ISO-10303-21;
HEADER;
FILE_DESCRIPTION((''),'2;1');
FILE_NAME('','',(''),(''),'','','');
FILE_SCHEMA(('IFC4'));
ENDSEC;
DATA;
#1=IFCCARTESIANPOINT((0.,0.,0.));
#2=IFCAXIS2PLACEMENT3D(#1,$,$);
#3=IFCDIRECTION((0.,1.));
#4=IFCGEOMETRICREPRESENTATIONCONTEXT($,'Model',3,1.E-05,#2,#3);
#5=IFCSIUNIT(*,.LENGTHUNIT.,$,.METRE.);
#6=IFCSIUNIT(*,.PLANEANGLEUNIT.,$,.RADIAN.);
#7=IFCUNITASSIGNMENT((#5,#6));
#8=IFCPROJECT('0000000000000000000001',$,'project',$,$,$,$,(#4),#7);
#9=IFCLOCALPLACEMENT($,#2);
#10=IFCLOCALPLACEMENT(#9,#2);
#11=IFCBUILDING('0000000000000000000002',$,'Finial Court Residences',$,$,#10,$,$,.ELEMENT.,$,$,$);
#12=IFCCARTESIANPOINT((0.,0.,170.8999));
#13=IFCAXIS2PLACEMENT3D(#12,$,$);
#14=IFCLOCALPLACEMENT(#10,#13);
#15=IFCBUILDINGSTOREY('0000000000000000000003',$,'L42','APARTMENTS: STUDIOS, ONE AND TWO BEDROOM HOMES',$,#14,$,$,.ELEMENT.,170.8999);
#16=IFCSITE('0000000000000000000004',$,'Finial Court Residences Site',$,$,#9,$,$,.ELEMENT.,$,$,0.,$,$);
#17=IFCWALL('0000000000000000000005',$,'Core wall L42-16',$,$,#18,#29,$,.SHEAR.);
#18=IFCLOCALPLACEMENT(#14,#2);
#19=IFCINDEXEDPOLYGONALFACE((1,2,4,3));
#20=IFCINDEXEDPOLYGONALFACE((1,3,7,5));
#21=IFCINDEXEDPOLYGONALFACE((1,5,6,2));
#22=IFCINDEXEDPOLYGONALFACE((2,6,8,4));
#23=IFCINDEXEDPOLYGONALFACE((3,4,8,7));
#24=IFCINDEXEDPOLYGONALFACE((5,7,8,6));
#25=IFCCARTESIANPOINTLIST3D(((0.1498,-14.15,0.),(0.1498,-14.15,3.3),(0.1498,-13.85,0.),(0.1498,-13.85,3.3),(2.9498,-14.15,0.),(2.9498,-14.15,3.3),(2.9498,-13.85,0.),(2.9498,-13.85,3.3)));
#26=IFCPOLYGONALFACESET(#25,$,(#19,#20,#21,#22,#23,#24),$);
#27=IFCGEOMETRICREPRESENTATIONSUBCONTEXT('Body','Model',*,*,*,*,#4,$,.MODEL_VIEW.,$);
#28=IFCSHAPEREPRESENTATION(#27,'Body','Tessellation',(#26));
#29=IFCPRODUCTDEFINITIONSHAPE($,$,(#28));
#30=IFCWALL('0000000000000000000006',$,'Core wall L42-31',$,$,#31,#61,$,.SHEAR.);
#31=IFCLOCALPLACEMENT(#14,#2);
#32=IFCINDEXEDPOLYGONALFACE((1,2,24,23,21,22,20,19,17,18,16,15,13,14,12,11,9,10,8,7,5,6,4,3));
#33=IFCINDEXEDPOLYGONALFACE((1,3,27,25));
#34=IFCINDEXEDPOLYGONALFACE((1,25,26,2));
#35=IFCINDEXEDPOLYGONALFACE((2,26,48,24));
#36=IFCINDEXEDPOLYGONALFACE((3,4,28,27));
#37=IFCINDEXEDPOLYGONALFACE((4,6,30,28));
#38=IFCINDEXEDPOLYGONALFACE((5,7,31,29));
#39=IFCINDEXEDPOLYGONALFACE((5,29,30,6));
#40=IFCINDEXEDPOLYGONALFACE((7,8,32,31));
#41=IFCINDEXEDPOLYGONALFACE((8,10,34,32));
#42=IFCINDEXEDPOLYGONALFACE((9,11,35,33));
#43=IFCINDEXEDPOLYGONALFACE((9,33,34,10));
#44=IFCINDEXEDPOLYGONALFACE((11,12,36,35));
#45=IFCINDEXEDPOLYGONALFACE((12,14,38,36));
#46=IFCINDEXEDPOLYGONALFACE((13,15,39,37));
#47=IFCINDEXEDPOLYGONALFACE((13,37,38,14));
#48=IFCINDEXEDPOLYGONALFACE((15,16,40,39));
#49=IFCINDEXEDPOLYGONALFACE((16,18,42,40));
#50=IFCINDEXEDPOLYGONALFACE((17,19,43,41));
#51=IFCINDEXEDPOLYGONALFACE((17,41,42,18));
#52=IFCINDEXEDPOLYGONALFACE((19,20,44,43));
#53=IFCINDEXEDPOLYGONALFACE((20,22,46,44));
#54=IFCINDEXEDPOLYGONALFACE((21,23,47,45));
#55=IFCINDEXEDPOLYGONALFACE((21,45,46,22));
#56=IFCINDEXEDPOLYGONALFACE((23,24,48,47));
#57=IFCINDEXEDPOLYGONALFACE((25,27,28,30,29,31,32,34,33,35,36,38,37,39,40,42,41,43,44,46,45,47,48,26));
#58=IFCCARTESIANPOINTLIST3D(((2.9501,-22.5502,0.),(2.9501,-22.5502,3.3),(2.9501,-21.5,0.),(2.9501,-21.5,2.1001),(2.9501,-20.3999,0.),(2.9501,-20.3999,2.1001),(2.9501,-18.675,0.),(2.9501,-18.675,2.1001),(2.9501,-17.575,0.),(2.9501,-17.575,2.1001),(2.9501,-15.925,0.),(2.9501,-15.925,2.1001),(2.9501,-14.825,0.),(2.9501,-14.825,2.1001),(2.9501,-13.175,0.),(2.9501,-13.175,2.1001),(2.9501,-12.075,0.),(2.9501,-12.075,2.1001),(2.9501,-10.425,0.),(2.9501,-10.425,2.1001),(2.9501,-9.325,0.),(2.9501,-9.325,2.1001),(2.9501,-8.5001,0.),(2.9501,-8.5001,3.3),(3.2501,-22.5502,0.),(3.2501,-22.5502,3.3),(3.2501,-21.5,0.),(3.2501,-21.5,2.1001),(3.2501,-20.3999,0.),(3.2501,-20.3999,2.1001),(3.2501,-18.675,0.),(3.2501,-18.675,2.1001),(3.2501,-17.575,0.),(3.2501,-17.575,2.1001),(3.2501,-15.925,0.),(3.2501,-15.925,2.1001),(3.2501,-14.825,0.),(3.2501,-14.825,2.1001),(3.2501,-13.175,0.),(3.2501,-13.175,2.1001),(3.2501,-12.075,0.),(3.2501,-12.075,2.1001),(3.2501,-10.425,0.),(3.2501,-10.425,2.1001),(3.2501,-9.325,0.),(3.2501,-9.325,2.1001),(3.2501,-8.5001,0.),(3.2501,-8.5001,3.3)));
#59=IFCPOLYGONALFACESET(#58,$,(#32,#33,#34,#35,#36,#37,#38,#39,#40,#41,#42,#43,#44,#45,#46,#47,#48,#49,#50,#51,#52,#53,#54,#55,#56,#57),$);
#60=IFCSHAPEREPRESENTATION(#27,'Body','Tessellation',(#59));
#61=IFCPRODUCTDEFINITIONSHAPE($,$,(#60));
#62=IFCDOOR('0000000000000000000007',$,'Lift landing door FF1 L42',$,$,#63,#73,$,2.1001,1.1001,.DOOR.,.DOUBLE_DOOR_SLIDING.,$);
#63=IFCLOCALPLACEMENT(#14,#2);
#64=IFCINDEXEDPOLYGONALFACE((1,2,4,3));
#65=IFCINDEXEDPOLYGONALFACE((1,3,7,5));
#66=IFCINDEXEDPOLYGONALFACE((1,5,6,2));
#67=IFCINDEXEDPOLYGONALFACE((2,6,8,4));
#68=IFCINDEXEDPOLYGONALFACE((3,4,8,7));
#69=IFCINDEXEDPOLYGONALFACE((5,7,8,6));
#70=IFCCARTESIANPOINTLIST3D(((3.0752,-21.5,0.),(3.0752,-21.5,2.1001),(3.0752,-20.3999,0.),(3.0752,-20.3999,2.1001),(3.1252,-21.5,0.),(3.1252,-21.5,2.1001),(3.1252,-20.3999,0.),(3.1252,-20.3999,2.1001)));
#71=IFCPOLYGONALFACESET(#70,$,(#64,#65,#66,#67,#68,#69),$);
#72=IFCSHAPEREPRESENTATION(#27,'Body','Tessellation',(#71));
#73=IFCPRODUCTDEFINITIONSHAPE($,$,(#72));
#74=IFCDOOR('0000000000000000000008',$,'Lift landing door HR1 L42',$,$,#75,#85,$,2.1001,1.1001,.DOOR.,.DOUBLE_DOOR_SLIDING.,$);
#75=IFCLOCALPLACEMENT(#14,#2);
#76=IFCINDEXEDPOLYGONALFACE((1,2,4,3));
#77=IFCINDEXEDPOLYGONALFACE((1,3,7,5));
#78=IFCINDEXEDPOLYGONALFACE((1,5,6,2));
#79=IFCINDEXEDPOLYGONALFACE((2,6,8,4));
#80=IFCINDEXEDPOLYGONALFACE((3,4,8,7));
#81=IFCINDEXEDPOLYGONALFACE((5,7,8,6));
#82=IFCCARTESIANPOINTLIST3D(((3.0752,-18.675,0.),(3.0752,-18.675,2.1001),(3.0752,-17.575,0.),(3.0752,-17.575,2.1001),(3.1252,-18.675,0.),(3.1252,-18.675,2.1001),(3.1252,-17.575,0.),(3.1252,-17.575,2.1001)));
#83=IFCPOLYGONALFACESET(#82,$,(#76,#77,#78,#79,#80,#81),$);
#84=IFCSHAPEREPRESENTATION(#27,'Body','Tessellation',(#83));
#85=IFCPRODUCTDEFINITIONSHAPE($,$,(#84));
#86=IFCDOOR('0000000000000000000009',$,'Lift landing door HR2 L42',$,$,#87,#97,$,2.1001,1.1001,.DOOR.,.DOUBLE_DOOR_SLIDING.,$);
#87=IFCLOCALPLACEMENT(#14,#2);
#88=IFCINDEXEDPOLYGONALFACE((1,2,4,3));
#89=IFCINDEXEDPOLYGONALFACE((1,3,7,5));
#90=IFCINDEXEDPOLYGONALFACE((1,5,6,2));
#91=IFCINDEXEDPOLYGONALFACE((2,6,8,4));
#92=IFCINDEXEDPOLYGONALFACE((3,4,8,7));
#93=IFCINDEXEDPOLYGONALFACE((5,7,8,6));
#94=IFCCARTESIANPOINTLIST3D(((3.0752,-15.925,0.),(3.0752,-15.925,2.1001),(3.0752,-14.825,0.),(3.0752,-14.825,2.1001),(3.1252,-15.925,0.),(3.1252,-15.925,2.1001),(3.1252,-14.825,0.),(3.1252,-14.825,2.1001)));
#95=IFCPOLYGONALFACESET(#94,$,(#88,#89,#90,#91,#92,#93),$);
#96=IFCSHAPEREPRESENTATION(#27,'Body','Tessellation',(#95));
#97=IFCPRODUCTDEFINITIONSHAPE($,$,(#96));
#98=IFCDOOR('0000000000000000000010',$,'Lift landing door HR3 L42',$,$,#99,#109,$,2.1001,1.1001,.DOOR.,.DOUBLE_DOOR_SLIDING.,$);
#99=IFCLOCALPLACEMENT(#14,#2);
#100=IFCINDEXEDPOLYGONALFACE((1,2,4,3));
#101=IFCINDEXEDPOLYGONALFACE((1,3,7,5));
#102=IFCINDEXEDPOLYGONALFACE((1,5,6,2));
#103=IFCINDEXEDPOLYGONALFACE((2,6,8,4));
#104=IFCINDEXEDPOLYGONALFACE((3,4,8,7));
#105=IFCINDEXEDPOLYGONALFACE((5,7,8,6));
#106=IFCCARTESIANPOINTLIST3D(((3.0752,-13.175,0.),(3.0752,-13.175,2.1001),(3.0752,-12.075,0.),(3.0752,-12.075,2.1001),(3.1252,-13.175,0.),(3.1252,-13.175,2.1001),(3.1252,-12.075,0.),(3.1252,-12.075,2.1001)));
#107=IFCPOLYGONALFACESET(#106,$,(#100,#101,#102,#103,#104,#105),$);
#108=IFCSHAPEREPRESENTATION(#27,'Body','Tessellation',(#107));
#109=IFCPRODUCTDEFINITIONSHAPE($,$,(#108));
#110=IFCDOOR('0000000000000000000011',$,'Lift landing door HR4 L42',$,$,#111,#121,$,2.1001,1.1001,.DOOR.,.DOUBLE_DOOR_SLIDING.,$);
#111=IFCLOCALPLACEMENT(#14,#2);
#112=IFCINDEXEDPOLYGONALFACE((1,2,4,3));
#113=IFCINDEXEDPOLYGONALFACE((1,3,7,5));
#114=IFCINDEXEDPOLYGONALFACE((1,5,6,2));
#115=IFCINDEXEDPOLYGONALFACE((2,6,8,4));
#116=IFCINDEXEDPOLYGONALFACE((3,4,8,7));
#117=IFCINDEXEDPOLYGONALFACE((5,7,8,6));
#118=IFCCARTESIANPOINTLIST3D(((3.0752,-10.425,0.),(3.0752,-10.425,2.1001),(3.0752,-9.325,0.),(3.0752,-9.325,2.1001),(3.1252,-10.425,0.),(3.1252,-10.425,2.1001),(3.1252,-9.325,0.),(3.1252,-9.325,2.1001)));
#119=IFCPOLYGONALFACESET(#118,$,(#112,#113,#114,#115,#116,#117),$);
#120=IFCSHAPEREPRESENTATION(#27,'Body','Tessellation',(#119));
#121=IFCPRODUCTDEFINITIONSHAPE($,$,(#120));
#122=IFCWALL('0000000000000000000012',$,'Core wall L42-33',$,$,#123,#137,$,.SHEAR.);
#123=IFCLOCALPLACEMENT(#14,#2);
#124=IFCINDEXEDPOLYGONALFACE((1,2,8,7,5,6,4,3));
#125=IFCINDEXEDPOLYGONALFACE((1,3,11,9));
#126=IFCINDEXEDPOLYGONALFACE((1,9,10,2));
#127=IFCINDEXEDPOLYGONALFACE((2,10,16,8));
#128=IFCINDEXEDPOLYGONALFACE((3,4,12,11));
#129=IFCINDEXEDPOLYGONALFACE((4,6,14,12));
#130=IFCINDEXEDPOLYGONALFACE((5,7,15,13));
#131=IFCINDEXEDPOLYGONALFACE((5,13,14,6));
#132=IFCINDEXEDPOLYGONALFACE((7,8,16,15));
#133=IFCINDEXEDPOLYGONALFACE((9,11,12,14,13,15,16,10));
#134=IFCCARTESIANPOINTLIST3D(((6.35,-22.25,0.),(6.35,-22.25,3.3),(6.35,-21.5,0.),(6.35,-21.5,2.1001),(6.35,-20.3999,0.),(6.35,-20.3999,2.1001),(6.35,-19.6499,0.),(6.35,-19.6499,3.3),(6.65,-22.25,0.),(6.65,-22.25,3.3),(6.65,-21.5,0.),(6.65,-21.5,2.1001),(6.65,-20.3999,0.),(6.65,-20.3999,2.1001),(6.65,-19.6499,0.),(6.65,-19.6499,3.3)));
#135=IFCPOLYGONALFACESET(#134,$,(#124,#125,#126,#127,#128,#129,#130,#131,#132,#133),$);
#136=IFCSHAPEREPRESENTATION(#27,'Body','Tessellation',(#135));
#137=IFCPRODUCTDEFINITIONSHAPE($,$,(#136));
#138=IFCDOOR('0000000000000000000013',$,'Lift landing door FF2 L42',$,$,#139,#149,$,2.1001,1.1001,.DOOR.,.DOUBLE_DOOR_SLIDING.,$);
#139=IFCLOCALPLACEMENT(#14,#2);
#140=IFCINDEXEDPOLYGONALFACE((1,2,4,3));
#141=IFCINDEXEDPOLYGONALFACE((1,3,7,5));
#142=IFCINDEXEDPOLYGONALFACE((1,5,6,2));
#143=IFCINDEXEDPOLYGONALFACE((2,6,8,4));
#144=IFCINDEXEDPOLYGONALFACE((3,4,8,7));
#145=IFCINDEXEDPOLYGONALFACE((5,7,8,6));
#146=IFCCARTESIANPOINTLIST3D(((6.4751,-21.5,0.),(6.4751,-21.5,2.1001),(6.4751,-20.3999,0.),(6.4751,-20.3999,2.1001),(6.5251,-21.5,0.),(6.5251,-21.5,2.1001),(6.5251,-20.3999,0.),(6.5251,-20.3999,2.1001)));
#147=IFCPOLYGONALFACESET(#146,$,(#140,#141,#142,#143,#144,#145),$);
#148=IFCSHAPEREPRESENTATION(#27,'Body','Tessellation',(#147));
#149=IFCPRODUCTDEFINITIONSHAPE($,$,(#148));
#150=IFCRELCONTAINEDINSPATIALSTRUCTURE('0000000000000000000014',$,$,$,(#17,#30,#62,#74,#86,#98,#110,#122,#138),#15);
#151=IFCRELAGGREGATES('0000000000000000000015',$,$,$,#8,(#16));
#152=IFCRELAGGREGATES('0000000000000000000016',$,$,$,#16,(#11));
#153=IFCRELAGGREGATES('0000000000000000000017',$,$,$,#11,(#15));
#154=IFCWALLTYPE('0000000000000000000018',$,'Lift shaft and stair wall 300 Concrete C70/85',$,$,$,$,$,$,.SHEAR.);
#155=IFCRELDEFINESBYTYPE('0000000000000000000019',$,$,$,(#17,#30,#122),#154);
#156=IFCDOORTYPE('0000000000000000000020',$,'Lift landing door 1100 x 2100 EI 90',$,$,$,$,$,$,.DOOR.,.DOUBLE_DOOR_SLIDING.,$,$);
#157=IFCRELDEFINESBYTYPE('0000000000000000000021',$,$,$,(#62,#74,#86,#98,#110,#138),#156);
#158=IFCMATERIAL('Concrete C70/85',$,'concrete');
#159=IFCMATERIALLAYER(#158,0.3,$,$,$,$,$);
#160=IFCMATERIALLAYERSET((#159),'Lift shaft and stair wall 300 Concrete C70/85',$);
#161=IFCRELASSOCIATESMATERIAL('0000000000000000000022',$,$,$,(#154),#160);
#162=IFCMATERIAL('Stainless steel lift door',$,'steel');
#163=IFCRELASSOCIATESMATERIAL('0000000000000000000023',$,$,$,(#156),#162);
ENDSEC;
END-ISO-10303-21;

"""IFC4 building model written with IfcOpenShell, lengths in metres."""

from ifc_helpers import new_model, si_unit, direction, frame, frame_2d, origin, place, context, subcontext, project, spatial, rectangle, extrude, material, layer, layer_set, type_object, element, fill, save


model = new_model("IFC4")

# Units and contexts
model_context = context("Model", 3, precision=1e-05, world=origin(), true_north=direction((0.0, 1.0)))
body_context = subcontext(model_context, "Body", "Model", "MODEL_VIEW")
ifc_project = project(units=[si_unit("LENGTHUNIT", "METRE"), si_unit("PLANEANGLEUNIT", "RADIAN")], contexts=[model_context])

# Site, building, storey
site_placement = place(None, origin())
site = spatial("IfcSite", under=ifc_project, at=site_placement, Name="Finial Court Residences Site", CompositionType="ELEMENT", RefElevation=0.0)
building_placement = place(site_placement, origin())
building = spatial("IfcBuilding", under=site, at=building_placement, Name="Finial Court Residences", CompositionType="ELEMENT")
storey_placement = place(building_placement, frame((0.0, 0.0, 170.8999)))
storey = spatial("IfcBuildingStorey", under=building, at=storey_placement, Name="L42", Description="APARTMENTS: STUDIOS, ONE AND TWO BEDROOM HOMES", CompositionType="ELEMENT", Elevation=170.8999)

# Wall
ifc_material_1 = material(Name="Concrete C70/85", Category="concrete")
ifc_layer_1 = layer(ifc_material_1, 0.3)
ifc_layer_set_1 = layer_set([ifc_layer_1], Name="Lift shaft and stair wall 300 Concrete C70/85")
wall_type_1 = type_object("IfcWallType", Name="Lift shaft and stair wall 300 Concrete C70/85", PredefinedType="SHEAR", material=ifc_layer_set_1)
for number, where, z_axis, x_axis, name in (
    (1, (0.1499, -14.0, 0.0), (0.0, 0.0, 1.0), (1.0, 0.0, 0.0), "Core wall L42-16"),
):
    element("IfcWall", number, at=place(storey_placement, frame(where, z_axis=z_axis, x_axis=x_axis)), inside=storey, type_object=wall_type_1, Name=name, PredefinedType="SHEAR", context=body_context, shape_type="SweptSolid", body=[
        extrude(rectangle(XDim=2.8, YDim=0.3, at=frame_2d((1.3999, 0.0))), origin(), (0.0, 0.0, 1.0), 3.3),
    ])

# Wall, openings, doors
wall_1_placement = place(storey_placement, frame((3.1001, -22.55, 0.0), z_axis=(0.0, 0.0, 1.0), x_axis=(0.0, 1.0, 0.0)))
wall_1 = element("IfcWall", 2, at=wall_1_placement, inside=storey, type_object=wall_type_1, Name="Core wall L42-31", PredefinedType="SHEAR", context=body_context, shape_type="SweptSolid", body=[
    extrude(rectangle(XDim=14.05, YDim=0.3, at=frame_2d((7.0249, 0.0))), origin(), (0.0, 0.0, 1.0), 3.3),
])
opening_1_placement = place(wall_1_placement, frame((1.05, 0.0, 0.0)))
opening_1 = element("IfcOpeningElement", 3, at=opening_1_placement, cuts=wall_1, PredefinedType="OPENING", context=body_context, shape_type="SweptSolid", body=[
    extrude(rectangle(XDim=1.1001, YDim=2.1001, at=frame_2d((0.55, 1.05))), frame((0.0, 0.1599, 0.0), z_axis=(0.0, -1.0, 0.0), x_axis=(1.0, 0.0, 0.0)), (0.0, 0.0, 1.0), 0.3201),
])
opening_2_placement = place(wall_1_placement, frame((3.875, 0.0, 0.0)))
opening_2 = element("IfcOpeningElement", 4, at=opening_2_placement, cuts=wall_1, PredefinedType="OPENING", context=body_context, shape_type="SweptSolid", body=[
    extrude(rectangle(XDim=1.1001, YDim=2.1001, at=frame_2d((0.55, 1.05))), frame((0.0, 0.1599, 0.0), z_axis=(0.0, -1.0, 0.0), x_axis=(1.0, 0.0, 0.0)), (0.0, 0.0, 1.0), 0.3201),
])
opening_3_placement = place(wall_1_placement, frame((6.625, 0.0, 0.0)))
opening_3 = element("IfcOpeningElement", 5, at=opening_3_placement, cuts=wall_1, PredefinedType="OPENING", context=body_context, shape_type="SweptSolid", body=[
    extrude(rectangle(XDim=1.1001, YDim=2.1001, at=frame_2d((0.55, 1.05))), frame((0.0, 0.1599, 0.0), z_axis=(0.0, -1.0, 0.0), x_axis=(1.0, 0.0, 0.0)), (0.0, 0.0, 1.0), 0.3201),
])
opening_4_placement = place(wall_1_placement, frame((9.375, 0.0, 0.0)))
opening_4 = element("IfcOpeningElement", 6, at=opening_4_placement, cuts=wall_1, PredefinedType="OPENING", context=body_context, shape_type="SweptSolid", body=[
    extrude(rectangle(XDim=1.1001, YDim=2.1001, at=frame_2d((0.55, 1.05))), frame((0.0, 0.1599, 0.0), z_axis=(0.0, -1.0, 0.0), x_axis=(1.0, 0.0, 0.0)), (0.0, 0.0, 1.0), 0.3201),
])
opening_5_placement = place(wall_1_placement, frame((12.125, 0.0, 0.0)))
opening_5 = element("IfcOpeningElement", 7, at=opening_5_placement, cuts=wall_1, PredefinedType="OPENING", context=body_context, shape_type="SweptSolid", body=[
    extrude(rectangle(XDim=1.1001, YDim=2.1001, at=frame_2d((0.55, 1.05))), frame((0.0, 0.1599, 0.0), z_axis=(0.0, -1.0, 0.0), x_axis=(1.0, 0.0, 0.0)), (0.0, 0.0, 1.0), 0.3201),
])
ifc_material_2 = material(Name="Stainless steel lift door", Category="steel")
door_type_1 = type_object("IfcDoorType", Name="Lift landing door 1100 x 2100 EI 90", OperationType="DOUBLE_DOOR_SLIDING", PredefinedType="DOOR", material=ifc_material_2)
door_1_placement = place(opening_1_placement, origin())
door_1 = element("IfcDoor", 8, at=door_1_placement, inside=storey, type_object=door_type_1, Name="Lift landing door FF1 L42", OperationType="DOUBLE_DOOR_SLIDING", OverallHeight=2.1001, OverallWidth=1.1001, PredefinedType="DOOR", context=body_context, shape_type="SweptSolid", body=[
    extrude(rectangle(XDim=1.1001, YDim=2.1001, at=frame_2d((0.55, 1.05))), frame((0.0, 0.0249, 0.0), z_axis=(0.0, -1.0, 0.0), x_axis=(1.0, 0.0, 0.0)), (0.0, 0.0, 1.0), 0.05),
])
fill(opening_1, door_1)
door_2_placement = place(opening_2_placement, origin())
door_2 = element("IfcDoor", 9, at=door_2_placement, inside=storey, type_object=door_type_1, Name="Lift landing door HR1 L42", OperationType="DOUBLE_DOOR_SLIDING", OverallHeight=2.1001, OverallWidth=1.1001, PredefinedType="DOOR", context=body_context, shape_type="SweptSolid", body=[
    extrude(rectangle(XDim=1.1001, YDim=2.1001, at=frame_2d((0.55, 1.05))), frame((0.0, 0.0249, 0.0), z_axis=(0.0, -1.0, 0.0), x_axis=(1.0, 0.0, 0.0)), (0.0, 0.0, 1.0), 0.05),
])
fill(opening_2, door_2)
door_3_placement = place(opening_3_placement, origin())
door_3 = element("IfcDoor", 10, at=door_3_placement, inside=storey, type_object=door_type_1, Name="Lift landing door HR2 L42", OperationType="DOUBLE_DOOR_SLIDING", OverallHeight=2.1001, OverallWidth=1.1001, PredefinedType="DOOR", context=body_context, shape_type="SweptSolid", body=[
    extrude(rectangle(XDim=1.1001, YDim=2.1001, at=frame_2d((0.55, 1.05))), frame((0.0, 0.0249, 0.0), z_axis=(0.0, -1.0, 0.0), x_axis=(1.0, 0.0, 0.0)), (0.0, 0.0, 1.0), 0.05),
])
fill(opening_3, door_3)
door_4_placement = place(opening_4_placement, origin())
door_4 = element("IfcDoor", 11, at=door_4_placement, inside=storey, type_object=door_type_1, Name="Lift landing door HR3 L42", OperationType="DOUBLE_DOOR_SLIDING", OverallHeight=2.1001, OverallWidth=1.1001, PredefinedType="DOOR", context=body_context, shape_type="SweptSolid", body=[
    extrude(rectangle(XDim=1.1001, YDim=2.1001, at=frame_2d((0.55, 1.05))), frame((0.0, 0.0249, 0.0), z_axis=(0.0, -1.0, 0.0), x_axis=(1.0, 0.0, 0.0)), (0.0, 0.0, 1.0), 0.05),
])
fill(opening_4, door_4)
door_5_placement = place(opening_5_placement, origin())
door_5 = element("IfcDoor", 12, at=door_5_placement, inside=storey, type_object=door_type_1, Name="Lift landing door HR4 L42", OperationType="DOUBLE_DOOR_SLIDING", OverallHeight=2.1001, OverallWidth=1.1001, PredefinedType="DOOR", context=body_context, shape_type="SweptSolid", body=[
    extrude(rectangle(XDim=1.1001, YDim=2.1001, at=frame_2d((0.55, 1.05))), frame((0.0, 0.0249, 0.0), z_axis=(0.0, -1.0, 0.0), x_axis=(1.0, 0.0, 0.0)), (0.0, 0.0, 1.0), 0.05),
])
fill(opening_5, door_5)

# Wall, opening, door
wall_2_placement = place(storey_placement, frame((6.5, -22.25, 0.0), z_axis=(0.0, 0.0, 1.0), x_axis=(0.0, 1.0, 0.0)))
wall_2 = element("IfcWall", 13, at=wall_2_placement, inside=storey, type_object=wall_type_1, Name="Core wall L42-33", PredefinedType="SHEAR", context=body_context, shape_type="SweptSolid", body=[
    extrude(rectangle(XDim=2.6001, YDim=0.3, at=frame_2d((1.3, 0.0))), origin(), (0.0, 0.0, 1.0), 3.3),
])
opening_6_placement = place(wall_2_placement, frame((0.75, 0.0, 0.0)))
opening_6 = element("IfcOpeningElement", 14, at=opening_6_placement, cuts=wall_2, PredefinedType="OPENING", context=body_context, shape_type="SweptSolid", body=[
    extrude(rectangle(XDim=1.1001, YDim=2.1001, at=frame_2d((0.55, 1.05))), frame((0.0, 0.1599, 0.0), z_axis=(0.0, -1.0, 0.0), x_axis=(1.0, 0.0, 0.0)), (0.0, 0.0, 1.0), 0.3201),
])
door_6_placement = place(opening_6_placement, origin())
door_6 = element("IfcDoor", 15, at=door_6_placement, inside=storey, type_object=door_type_1, Name="Lift landing door FF2 L42", OperationType="DOUBLE_DOOR_SLIDING", OverallHeight=2.1001, OverallWidth=1.1001, PredefinedType="DOOR", context=body_context, shape_type="SweptSolid", body=[
    extrude(rectangle(XDim=1.1001, YDim=2.1001, at=frame_2d((0.55, 1.05))), frame((0.0, 0.0249, 0.0), z_axis=(0.0, -1.0, 0.0), x_axis=(1.0, 0.0, 0.0)), (0.0, 0.0, 1.0), 0.05),
])
fill(opening_6, door_6)

save(model, "model.ifc")
